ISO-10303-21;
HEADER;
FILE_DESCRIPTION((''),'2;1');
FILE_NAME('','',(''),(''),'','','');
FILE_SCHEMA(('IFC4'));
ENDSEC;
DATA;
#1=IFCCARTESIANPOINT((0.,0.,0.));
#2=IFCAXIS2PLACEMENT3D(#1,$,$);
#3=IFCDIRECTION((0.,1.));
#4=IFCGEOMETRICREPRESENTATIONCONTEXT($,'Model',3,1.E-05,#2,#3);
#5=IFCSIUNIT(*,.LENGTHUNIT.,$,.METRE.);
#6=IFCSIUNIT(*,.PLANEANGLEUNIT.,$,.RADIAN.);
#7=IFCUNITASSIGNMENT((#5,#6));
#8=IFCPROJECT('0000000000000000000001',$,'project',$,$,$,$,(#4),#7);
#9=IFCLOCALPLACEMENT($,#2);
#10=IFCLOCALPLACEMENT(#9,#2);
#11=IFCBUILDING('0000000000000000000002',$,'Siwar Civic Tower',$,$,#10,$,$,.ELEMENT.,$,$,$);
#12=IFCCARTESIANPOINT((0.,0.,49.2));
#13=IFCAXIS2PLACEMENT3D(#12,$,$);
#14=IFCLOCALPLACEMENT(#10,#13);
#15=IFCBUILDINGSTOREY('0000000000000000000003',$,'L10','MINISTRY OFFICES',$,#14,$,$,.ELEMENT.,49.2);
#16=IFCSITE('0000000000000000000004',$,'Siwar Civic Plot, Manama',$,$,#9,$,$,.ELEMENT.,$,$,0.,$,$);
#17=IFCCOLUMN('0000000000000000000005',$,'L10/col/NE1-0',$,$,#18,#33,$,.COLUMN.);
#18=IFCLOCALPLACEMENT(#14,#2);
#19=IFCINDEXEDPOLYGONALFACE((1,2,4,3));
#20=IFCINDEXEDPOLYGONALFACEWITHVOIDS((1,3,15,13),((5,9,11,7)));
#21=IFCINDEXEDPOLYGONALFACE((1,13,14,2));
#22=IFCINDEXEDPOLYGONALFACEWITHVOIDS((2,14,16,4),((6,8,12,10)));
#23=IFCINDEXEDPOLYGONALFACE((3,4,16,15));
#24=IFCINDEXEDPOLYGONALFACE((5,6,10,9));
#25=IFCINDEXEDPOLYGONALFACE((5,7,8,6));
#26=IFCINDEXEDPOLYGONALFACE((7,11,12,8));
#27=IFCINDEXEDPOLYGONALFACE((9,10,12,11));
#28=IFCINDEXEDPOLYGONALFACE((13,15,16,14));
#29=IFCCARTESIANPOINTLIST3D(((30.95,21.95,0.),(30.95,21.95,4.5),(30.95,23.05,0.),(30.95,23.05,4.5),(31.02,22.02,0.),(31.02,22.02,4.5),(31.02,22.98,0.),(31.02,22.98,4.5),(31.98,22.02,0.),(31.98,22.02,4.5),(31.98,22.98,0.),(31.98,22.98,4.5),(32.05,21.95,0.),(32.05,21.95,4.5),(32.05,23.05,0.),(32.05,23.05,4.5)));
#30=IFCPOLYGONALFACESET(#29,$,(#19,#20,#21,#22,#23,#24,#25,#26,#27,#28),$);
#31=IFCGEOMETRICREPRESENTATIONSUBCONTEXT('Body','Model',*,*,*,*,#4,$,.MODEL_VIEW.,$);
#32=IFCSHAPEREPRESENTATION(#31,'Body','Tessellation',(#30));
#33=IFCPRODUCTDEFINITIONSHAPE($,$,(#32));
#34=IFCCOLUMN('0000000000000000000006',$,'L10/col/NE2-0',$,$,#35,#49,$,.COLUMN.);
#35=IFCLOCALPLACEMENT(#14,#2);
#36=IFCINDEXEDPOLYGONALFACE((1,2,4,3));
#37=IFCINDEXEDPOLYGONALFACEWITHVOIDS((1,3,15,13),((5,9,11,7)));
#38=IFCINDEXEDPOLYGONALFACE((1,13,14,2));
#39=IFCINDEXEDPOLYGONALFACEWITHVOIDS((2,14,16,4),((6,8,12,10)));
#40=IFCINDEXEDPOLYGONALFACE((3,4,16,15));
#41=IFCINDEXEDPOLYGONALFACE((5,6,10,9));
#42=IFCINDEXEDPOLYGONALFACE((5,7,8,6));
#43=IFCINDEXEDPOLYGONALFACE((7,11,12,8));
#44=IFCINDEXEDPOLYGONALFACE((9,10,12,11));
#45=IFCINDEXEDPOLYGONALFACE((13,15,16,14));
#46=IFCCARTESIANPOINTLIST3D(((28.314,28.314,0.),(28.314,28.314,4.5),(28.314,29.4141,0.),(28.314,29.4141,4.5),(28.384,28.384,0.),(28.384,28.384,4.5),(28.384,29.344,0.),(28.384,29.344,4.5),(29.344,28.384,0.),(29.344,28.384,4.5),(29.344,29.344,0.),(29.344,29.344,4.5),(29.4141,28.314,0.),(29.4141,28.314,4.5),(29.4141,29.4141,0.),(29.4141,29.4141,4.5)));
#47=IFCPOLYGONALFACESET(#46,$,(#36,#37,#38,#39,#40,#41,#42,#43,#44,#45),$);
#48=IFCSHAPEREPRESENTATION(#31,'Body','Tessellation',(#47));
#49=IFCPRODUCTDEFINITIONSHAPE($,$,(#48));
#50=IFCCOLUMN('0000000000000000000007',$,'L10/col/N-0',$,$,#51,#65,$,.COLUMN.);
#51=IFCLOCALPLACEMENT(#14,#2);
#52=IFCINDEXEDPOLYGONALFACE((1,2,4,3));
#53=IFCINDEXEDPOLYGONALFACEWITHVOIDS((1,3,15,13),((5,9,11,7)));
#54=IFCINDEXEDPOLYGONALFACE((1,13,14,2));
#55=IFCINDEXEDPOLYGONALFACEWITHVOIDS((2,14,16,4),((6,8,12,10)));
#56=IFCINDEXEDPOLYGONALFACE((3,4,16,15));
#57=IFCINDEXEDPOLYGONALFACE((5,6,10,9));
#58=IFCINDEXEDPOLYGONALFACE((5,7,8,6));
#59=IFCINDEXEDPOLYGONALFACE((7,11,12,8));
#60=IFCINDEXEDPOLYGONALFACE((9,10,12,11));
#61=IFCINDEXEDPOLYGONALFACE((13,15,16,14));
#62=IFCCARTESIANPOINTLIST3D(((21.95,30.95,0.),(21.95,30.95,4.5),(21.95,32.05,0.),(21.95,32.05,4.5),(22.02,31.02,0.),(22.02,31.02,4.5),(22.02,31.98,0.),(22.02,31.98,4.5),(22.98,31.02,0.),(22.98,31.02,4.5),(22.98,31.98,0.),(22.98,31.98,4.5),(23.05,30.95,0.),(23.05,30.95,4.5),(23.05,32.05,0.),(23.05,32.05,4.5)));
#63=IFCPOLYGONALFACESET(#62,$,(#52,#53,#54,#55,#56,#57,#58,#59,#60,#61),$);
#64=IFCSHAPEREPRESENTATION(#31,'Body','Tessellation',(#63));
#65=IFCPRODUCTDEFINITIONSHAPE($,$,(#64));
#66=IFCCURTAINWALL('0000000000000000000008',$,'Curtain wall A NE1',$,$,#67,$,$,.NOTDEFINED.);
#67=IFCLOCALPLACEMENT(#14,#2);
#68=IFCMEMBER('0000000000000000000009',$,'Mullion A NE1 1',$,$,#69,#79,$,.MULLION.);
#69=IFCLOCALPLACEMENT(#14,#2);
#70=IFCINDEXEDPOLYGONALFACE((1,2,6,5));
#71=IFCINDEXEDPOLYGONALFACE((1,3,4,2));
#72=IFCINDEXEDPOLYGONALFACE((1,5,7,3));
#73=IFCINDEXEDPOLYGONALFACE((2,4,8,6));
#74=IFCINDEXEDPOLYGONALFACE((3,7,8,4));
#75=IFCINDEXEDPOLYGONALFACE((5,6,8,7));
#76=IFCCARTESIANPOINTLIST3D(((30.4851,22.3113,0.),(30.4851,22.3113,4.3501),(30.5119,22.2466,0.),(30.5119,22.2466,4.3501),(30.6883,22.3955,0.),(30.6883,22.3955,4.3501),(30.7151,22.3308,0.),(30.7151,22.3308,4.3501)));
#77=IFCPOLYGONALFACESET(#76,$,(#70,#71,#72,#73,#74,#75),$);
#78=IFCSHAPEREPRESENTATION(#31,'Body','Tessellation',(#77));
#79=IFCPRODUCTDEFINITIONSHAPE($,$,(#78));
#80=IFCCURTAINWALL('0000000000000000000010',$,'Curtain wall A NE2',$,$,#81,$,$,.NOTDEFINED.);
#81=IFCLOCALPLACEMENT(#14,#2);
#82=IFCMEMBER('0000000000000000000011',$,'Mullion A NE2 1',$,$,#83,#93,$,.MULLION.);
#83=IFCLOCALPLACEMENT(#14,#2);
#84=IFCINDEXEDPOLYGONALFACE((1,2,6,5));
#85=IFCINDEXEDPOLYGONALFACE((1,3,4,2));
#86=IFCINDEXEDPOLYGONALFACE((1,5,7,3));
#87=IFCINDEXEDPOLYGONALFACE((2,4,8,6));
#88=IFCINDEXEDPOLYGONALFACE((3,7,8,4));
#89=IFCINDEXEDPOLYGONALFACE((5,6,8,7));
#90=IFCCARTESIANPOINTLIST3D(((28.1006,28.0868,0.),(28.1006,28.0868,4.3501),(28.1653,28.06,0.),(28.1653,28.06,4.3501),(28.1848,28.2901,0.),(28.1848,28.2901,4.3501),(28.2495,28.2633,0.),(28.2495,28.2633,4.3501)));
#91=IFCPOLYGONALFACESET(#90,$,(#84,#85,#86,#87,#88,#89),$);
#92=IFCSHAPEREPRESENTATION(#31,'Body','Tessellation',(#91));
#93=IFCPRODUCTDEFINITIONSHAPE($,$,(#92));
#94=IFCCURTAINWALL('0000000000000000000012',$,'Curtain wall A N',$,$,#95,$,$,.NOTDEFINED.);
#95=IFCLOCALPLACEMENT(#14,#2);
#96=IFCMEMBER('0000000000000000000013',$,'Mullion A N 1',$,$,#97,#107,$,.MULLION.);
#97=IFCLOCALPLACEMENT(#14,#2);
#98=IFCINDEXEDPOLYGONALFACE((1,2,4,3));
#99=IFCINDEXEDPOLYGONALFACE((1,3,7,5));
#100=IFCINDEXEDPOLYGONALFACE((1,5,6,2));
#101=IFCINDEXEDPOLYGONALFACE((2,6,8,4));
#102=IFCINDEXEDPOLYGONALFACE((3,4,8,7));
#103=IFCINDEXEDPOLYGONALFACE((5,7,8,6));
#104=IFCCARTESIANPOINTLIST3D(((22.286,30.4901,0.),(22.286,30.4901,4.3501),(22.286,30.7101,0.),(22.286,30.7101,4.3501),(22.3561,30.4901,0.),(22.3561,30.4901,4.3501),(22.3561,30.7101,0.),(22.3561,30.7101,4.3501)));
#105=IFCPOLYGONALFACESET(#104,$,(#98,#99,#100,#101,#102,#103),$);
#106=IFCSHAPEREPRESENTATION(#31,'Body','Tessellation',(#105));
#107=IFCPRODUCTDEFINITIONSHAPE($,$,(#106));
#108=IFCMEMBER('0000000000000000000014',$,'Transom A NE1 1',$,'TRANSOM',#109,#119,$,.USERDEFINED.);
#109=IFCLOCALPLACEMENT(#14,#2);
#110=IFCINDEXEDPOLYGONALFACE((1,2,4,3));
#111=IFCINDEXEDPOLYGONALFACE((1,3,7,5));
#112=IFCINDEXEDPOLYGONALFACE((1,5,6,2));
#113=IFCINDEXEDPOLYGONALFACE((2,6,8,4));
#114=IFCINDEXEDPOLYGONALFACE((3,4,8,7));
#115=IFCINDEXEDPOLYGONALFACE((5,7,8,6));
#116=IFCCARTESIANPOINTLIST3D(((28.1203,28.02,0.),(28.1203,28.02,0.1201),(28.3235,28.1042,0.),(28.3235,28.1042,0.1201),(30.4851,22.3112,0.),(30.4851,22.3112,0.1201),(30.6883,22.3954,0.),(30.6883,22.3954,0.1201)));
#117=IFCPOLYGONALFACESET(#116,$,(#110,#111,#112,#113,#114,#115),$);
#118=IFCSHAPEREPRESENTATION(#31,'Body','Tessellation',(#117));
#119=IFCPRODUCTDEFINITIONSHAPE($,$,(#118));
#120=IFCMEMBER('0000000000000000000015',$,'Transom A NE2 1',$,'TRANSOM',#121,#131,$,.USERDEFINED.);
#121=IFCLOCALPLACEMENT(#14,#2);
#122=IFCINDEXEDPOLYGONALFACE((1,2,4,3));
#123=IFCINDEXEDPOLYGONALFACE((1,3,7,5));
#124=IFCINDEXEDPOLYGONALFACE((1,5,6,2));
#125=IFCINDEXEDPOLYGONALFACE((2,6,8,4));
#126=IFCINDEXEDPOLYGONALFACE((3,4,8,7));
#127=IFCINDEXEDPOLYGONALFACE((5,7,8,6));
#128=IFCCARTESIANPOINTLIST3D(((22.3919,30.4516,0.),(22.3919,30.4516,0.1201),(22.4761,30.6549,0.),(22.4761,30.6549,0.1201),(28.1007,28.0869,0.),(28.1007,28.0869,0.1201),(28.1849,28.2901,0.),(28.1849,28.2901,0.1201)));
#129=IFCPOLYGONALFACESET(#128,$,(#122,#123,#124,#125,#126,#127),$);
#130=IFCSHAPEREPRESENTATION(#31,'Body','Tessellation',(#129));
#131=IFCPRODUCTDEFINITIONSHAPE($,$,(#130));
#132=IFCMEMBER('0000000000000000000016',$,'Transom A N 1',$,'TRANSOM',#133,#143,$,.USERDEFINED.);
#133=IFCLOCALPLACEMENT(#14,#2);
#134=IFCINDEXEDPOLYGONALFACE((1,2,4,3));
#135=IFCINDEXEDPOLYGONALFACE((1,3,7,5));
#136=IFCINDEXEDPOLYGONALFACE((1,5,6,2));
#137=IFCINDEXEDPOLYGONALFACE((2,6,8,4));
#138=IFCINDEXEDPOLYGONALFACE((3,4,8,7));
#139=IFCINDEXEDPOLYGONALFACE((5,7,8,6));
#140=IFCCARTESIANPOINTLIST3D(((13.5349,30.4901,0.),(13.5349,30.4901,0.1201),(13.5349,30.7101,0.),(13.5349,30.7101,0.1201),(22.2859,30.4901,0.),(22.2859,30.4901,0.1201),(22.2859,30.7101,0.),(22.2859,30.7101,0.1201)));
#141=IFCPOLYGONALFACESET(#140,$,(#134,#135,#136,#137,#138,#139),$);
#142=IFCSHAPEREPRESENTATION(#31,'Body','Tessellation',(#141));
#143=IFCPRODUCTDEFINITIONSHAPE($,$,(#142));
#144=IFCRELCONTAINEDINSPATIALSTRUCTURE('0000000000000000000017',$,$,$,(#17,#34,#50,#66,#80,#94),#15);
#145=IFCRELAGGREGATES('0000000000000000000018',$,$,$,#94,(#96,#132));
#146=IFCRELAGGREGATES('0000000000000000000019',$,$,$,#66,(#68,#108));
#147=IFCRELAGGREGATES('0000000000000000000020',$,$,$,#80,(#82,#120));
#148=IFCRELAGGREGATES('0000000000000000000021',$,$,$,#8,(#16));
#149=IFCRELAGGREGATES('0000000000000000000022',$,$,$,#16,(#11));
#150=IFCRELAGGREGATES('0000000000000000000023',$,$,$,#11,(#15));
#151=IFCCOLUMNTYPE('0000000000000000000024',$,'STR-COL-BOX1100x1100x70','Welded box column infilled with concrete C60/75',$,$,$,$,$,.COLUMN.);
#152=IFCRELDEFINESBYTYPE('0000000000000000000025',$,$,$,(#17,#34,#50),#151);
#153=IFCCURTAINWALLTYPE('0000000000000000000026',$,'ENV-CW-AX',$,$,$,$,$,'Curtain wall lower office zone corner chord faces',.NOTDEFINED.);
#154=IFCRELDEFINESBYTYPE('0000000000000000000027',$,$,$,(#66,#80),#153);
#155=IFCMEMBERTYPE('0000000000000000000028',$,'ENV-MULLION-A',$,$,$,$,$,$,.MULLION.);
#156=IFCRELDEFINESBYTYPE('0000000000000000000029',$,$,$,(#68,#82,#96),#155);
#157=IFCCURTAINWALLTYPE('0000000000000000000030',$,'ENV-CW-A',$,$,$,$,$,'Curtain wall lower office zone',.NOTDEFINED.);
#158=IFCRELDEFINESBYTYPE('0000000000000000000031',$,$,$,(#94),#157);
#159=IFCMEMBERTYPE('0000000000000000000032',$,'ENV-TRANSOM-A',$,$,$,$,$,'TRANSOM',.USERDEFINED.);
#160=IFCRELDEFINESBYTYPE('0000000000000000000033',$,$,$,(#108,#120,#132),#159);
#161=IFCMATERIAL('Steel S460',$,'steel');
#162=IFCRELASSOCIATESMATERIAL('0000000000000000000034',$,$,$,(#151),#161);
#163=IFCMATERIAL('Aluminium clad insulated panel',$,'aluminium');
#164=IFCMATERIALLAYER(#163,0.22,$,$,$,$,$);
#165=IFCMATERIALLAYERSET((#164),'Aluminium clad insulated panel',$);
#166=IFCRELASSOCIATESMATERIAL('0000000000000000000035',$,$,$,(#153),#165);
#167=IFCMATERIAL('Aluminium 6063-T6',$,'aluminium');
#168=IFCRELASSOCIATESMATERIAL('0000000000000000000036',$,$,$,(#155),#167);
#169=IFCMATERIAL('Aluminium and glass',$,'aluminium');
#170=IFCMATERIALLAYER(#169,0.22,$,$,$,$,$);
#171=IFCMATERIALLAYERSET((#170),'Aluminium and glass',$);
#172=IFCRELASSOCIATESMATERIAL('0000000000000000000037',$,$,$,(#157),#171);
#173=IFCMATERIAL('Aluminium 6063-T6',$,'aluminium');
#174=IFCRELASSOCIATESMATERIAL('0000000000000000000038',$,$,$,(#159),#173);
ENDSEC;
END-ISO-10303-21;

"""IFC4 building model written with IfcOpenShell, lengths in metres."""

from ifc_helpers import new_model, si_unit, direction, frame, origin, origin_2d, place, context, subcontext, project, spatial, rectangle, hollow_rectangle, extrude, material, layer, layer_set, material_profile, profile_set, type_object, element, aggregate, save


model = new_model("IFC4")

# Units and contexts
model_context = context("Model", 3, precision=1e-05, world=origin(), true_north=direction((0.0, 1.0)))
body_context = subcontext(model_context, "Body", "Model", "MODEL_VIEW")
ifc_project = project(units=[si_unit("LENGTHUNIT", "METRE"), si_unit("PLANEANGLEUNIT", "RADIAN")], contexts=[model_context])

# Site, building, storey
site_placement = place(None, origin())
site = spatial("IfcSite", under=ifc_project, at=site_placement, Name="Siwar Civic Plot, Manama", CompositionType="ELEMENT", RefElevation=0.0)
building_placement = place(site_placement, origin())
building = spatial("IfcBuilding", under=site, at=building_placement, Name="Siwar Civic Tower", CompositionType="ELEMENT")
storey_placement = place(building_placement, frame((0.0, 0.0, 49.2)))
storey = spatial("IfcBuildingStorey", under=building, at=storey_placement, Name="L10", Description="MINISTRY OFFICES", CompositionType="ELEMENT", Elevation=49.2)

# Columns
ifc_material_1 = material(Name="Steel S460", Category="steel")
ifc_material_profile_1 = material_profile(ifc_material_1, hollow_rectangle(XDim=1.1001, YDim=1.1001, WallThickness=0.0701, at=origin_2d()), Name="BOX1100x1100x70")
ifc_profile_set_1 = profile_set([ifc_material_profile_1], Name="Steel S460")
column_type = type_object("IfcColumnType", Name="STR-COL-BOX1100x1100x70", Description="Welded box column infilled with concrete C60/75", PredefinedType="COLUMN", material=ifc_profile_set_1)
for number, where, z_axis, x_axis, name in (
    (1, (31.5, 22.5, 0.0), (0.0, 0.0, 1.0), (1.0, 0.0, 0.0), "L10/col/NE1-0"),
    (2, (28.864, 28.864, 0.0), (0.0, 0.0, 1.0), (1.0, 0.0, 0.0), "L10/col/NE2-0"),
    (3, (22.5, 31.5, 0.0), (0.0, 0.0, 1.0), (1.0, 0.0, 0.0), "L10/col/N-0"),
):
    element("IfcColumn", number, at=place(storey_placement, frame(where, z_axis=z_axis, x_axis=x_axis)), inside=storey, type_object=column_type, Name=name, PredefinedType="COLUMN", context=body_context, shape_type="SweptSolid", body=[
        extrude(hollow_rectangle(XDim=1.1001, YDim=1.1001, WallThickness=0.0701, at=origin_2d()), origin(), (0.0, 0.0, 1.0), 4.5),
    ])

# Curtain walls, members
ifc_material_2 = material(Name="Aluminium clad insulated panel", Category="aluminium")
ifc_layer_1 = layer(ifc_material_2, 0.22)
ifc_layer_set_1 = layer_set([ifc_layer_1], Name="Aluminium clad insulated panel")
curtain_wall_type_1 = type_object("IfcCurtainWallType", Name="ENV-CW-AX", ElementType="Curtain wall lower office zone corner chord faces", PredefinedType="NOTDEFINED", material=ifc_layer_set_1)
curtain_wall_1_placement = place(storey_placement, origin())
curtain_wall_1 = element("IfcCurtainWall", 4, at=curtain_wall_1_placement, inside=storey, type_object=curtain_wall_type_1, Name="Curtain wall A NE1", PredefinedType="NOTDEFINED")
ifc_material_3 = material(Name="Aluminium 6063-T6", Category="aluminium")
ifc_material_profile_2 = material_profile(ifc_material_3, rectangle(XDim=0.22, YDim=0.0701, at=origin_2d()), Name="AL 220x70")
ifc_profile_set_2 = profile_set([ifc_material_profile_2], Name="Aluminium 6063-T6")
member_type_1 = type_object("IfcMemberType", Name="ENV-MULLION-A", PredefinedType="MULLION", material=ifc_profile_set_2)
member_1_placement = place(storey_placement, frame((30.6001, 22.321, 0.0), z_axis=(0.0, 0.0, 1.0), x_axis=(-0.92388, -0.382683, 0.0)))
member_1 = element("IfcMember", 5, at=member_1_placement, type_object=member_type_1, Name="Mullion A NE1 1", PredefinedType="MULLION", context=body_context, shape_type="SweptSolid", body=[
    extrude(rectangle(XDim=0.22, YDim=0.0701, at=origin_2d()), origin(), (0.0, 0.0, 1.0), 4.3501),
])
curtain_wall_2_placement = place(storey_placement, origin())
curtain_wall_2 = element("IfcCurtainWall", 6, at=curtain_wall_2_placement, inside=storey, type_object=curtain_wall_type_1, Name="Curtain wall A NE2", PredefinedType="NOTDEFINED")
member_2_placement = place(storey_placement, frame((28.175, 28.175, 0.0), z_axis=(0.0, 0.0, 1.0), x_axis=(-0.382683, -0.92388, 0.0)))
member_2 = element("IfcMember", 7, at=member_2_placement, type_object=member_type_1, Name="Mullion A NE2 1", PredefinedType="MULLION", context=body_context, shape_type="SweptSolid", body=[
    extrude(rectangle(XDim=0.22, YDim=0.0701, at=origin_2d()), origin(), (0.0, 0.0, 1.0), 4.3501),
])
ifc_material_4 = material(Name="Aluminium and glass", Category="aluminium")
ifc_layer_2 = layer(ifc_material_4, 0.22)
ifc_layer_set_2 = layer_set([ifc_layer_2], Name="Aluminium and glass")
curtain_wall_type_2 = type_object("IfcCurtainWallType", Name="ENV-CW-A", ElementType="Curtain wall lower office zone", PredefinedType="NOTDEFINED", material=ifc_layer_set_2)
curtain_wall_3_placement = place(storey_placement, origin())
curtain_wall_3 = element("IfcCurtainWall", 8, at=curtain_wall_3_placement, inside=storey, type_object=curtain_wall_type_2, Name="Curtain wall A N", PredefinedType="NOTDEFINED")
member_3_placement = place(storey_placement, frame((22.321, 30.6001, 0.0), z_axis=(0.0, 0.0, 1.0), x_axis=(0.0, -1.0, 0.0)))
member_3 = element("IfcMember", 9, at=member_3_placement, type_object=member_type_1, Name="Mullion A N 1", PredefinedType="MULLION", context=body_context, shape_type="SweptSolid", body=[
    extrude(rectangle(XDim=0.22, YDim=0.0701, at=origin_2d()), origin(), (0.0, 0.0, 1.0), 4.3501),
])

# Members
ifc_material_5 = material(Name="Aluminium 6063-T6", Category="aluminium")
ifc_material_profile_3 = material_profile(ifc_material_5, rectangle(XDim=0.22, YDim=0.1201, at=origin_2d()), Name="AL 220x120")
ifc_profile_set_3 = profile_set([ifc_material_profile_3], Name="Aluminium 6063-T6")
member_type_2 = type_object("IfcMemberType", Name="ENV-TRANSOM-A", ElementType="TRANSOM", PredefinedType="USERDEFINED", material=ifc_profile_set_3)
member_4_placement = place(storey_placement, frame((30.5867, 22.3533, 0.0601), z_axis=(-0.382698, 0.923873, 0.0), x_axis=(-0.923873, -0.382698, 0.0)))
member_4 = element("IfcMember", 10, at=member_4_placement, type_object=member_type_2, Name="Transom A NE1 1", ObjectType="TRANSOM", PredefinedType="USERDEFINED", context=body_context, shape_type="SweptSolid", body=[
    extrude(rectangle(XDim=0.22, YDim=0.1201, at=origin_2d()), origin(), (0.0, 0.0, 1.0), 6.1792),
])
member_5_placement = place(storey_placement, frame((28.1428, 28.1885, 0.0601), z_axis=(-0.923873, 0.382698, 0.0), x_axis=(-0.382698, -0.923873, 0.0)))
member_5 = element("IfcMember", 11, at=member_5_placement, type_object=member_type_2, Name="Transom A NE2 1", ObjectType="TRANSOM", PredefinedType="USERDEFINED", context=body_context, shape_type="SweptSolid", body=[
    extrude(rectangle(XDim=0.22, YDim=0.1201, at=origin_2d()), origin(), (0.0, 0.0, 1.0), 6.1792),
])
member_6_placement = place(storey_placement, frame((22.2859, 30.6001, 0.0601), z_axis=(-1.0, 0.0, 0.0), x_axis=(0.0, -1.0, 0.0)))
member_6 = element("IfcMember", 12, at=member_6_placement, type_object=member_type_2, Name="Transom A N 1", ObjectType="TRANSOM", PredefinedType="USERDEFINED", context=body_context, shape_type="SweptSolid", body=[
    extrude(rectangle(XDim=0.22, YDim=0.1201, at=origin_2d()), origin(), (0.0, 0.0, 1.0), 8.751),
])

aggregate(curtain_wall_3, [member_3, member_6])
aggregate(curtain_wall_1, [member_1, member_4])
aggregate(curtain_wall_2, [member_2, member_5])

save(model, "model.ifc")
